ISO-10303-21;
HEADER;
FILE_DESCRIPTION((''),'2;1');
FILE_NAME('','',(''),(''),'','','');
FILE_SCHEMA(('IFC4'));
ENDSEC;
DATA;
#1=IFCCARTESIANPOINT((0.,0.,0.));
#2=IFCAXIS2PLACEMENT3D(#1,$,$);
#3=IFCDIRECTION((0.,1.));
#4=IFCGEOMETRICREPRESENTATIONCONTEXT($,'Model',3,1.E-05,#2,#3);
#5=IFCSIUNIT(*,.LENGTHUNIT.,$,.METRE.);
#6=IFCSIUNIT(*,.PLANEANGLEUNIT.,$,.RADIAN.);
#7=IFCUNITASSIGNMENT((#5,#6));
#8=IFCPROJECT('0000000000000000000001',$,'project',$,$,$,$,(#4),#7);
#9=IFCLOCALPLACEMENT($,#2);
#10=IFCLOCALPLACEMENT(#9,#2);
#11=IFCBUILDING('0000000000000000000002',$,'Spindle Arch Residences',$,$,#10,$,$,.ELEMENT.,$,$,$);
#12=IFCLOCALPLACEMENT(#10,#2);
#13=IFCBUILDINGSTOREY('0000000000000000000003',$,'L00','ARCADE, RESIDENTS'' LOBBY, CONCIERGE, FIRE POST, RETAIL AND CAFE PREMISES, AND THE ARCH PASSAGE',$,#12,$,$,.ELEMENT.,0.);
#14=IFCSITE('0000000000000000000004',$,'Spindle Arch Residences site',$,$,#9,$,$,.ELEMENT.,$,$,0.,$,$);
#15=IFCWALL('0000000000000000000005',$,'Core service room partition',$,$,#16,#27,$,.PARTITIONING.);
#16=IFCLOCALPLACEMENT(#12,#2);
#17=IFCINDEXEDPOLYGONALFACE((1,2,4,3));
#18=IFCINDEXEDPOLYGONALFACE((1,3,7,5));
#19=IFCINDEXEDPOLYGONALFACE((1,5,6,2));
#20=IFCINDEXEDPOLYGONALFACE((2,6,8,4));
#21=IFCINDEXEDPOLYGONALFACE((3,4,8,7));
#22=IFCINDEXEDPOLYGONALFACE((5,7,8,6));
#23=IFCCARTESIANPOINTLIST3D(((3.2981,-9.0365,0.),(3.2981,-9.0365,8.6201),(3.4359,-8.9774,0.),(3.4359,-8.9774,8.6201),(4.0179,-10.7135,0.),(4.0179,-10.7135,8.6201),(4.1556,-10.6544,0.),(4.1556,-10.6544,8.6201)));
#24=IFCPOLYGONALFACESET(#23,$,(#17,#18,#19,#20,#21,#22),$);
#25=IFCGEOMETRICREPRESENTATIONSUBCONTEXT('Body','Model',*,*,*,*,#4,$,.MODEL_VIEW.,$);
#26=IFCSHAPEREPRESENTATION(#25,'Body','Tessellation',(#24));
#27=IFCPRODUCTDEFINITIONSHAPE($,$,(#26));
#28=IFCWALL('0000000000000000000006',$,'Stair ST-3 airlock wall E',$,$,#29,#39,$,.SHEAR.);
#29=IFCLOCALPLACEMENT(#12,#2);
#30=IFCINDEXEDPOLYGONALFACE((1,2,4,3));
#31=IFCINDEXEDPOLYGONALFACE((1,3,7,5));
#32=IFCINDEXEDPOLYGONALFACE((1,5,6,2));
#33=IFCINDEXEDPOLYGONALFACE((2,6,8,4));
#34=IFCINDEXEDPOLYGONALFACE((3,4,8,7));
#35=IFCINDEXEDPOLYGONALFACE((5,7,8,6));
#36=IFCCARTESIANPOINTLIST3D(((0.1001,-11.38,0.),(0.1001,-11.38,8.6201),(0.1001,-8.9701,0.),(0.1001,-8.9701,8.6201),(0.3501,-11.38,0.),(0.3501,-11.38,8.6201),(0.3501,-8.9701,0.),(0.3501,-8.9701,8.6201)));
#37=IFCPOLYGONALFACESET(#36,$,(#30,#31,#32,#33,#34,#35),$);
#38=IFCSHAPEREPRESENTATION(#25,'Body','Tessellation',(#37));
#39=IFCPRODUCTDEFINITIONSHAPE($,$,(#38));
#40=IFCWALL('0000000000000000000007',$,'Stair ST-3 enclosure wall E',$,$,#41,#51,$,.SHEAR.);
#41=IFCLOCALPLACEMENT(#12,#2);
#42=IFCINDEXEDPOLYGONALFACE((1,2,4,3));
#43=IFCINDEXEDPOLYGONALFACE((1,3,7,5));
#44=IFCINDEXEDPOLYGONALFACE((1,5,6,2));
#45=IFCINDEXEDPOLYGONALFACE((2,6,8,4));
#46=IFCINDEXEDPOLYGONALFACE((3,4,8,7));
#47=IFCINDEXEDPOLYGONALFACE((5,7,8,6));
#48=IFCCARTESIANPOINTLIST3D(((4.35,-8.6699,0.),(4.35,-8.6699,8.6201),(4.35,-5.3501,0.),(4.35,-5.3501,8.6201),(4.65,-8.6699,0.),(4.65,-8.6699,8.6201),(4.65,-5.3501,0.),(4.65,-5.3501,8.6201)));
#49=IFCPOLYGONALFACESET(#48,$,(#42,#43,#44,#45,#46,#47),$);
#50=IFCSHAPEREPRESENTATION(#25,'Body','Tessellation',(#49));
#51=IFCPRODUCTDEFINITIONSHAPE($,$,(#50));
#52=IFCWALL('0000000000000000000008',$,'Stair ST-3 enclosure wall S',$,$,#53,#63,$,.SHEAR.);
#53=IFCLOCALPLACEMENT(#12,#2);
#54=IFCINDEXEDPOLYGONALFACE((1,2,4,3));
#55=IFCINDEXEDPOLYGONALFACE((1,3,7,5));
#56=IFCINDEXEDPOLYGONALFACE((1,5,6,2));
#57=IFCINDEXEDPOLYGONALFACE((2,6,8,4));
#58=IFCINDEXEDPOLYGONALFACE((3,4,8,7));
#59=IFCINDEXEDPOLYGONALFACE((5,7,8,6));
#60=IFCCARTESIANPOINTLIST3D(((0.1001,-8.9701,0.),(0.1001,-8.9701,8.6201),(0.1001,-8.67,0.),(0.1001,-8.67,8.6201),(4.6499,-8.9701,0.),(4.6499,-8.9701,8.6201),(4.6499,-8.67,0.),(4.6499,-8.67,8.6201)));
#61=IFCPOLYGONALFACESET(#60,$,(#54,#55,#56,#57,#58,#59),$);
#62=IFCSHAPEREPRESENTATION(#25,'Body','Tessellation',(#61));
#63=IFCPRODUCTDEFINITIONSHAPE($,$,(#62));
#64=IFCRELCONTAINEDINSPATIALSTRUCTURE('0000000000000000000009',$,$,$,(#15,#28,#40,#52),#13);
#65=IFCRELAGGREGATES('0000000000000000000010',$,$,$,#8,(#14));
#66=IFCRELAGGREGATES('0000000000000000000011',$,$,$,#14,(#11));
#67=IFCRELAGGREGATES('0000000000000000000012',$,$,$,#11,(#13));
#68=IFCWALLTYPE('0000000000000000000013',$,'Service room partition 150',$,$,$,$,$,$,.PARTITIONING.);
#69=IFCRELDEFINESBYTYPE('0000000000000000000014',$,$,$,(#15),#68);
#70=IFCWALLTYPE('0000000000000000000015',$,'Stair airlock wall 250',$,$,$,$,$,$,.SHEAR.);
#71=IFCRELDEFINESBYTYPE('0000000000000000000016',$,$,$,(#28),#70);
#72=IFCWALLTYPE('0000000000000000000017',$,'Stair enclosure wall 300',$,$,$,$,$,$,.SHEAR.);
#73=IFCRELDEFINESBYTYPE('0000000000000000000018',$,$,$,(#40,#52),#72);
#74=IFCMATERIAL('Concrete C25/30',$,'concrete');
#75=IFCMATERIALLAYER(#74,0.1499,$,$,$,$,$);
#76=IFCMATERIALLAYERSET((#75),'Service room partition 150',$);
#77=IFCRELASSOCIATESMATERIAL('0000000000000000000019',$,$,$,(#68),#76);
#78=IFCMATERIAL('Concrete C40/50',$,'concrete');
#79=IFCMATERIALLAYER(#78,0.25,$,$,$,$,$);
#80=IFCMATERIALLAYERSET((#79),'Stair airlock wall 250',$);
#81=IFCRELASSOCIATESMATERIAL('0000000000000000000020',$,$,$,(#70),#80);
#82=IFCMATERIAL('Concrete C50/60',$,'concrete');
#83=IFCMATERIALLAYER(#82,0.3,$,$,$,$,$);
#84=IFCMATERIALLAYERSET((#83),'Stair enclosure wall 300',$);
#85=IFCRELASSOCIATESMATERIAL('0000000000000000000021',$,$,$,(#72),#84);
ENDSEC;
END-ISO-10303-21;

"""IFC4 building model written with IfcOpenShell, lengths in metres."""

from ifc_helpers import new_model, si_unit, direction, frame, frame_2d, origin, place, context, subcontext, project, spatial, rectangle, extrude, material, layer, layer_set, type_object, element, save


model = new_model("IFC4")

# Units and contexts
model_context = context("Model", 3, precision=1e-05, world=origin(), true_north=direction((0.0, 1.0)))
body_context = subcontext(model_context, "Body", "Model", "MODEL_VIEW")
ifc_project = project(units=[si_unit("LENGTHUNIT", "METRE"), si_unit("PLANEANGLEUNIT", "RADIAN")], contexts=[model_context])

# Site, building, storey
site_placement = place(None, origin())
site = spatial("IfcSite", under=ifc_project, at=site_placement, Name="Spindle Arch Residences site", CompositionType="ELEMENT", RefElevation=0.0)
building_placement = place(site_placement, origin())
building = spatial("IfcBuilding", under=site, at=building_placement, Name="Spindle Arch Residences", CompositionType="ELEMENT")
storey_placement = place(building_placement, origin())
storey = spatial("IfcBuildingStorey", under=building, at=storey_placement, Name="L00", Description="ARCADE, RESIDENTS' LOBBY, CONCIERGE, FIRE POST, RETAIL AND CAFE PREMISES, AND THE ARCH PASSAGE", CompositionType="ELEMENT", Elevation=0.0)

# Walls
ifc_material_1 = material(Name="Concrete C25/30", Category="concrete")
ifc_layer_1 = layer(ifc_material_1, 0.1499)
ifc_layer_set_1 = layer_set([ifc_layer_1], Name="Service room partition 150")
wall_type_1 = type_object("IfcWallType", Name="Service room partition 150", PredefinedType="PARTITIONING", material=ifc_layer_set_1)
wall_1_placement = place(storey_placement, frame((3.3669, -9.0068, 0.0), z_axis=(0.0, 0.0, 1.0), x_axis=(0.394387, -0.918944, 0.0)))
element("IfcWall", 1, at=wall_1_placement, inside=storey, type_object=wall_type_1, Name="Core service room partition", PredefinedType="PARTITIONING", context=body_context, shape_type="SweptSolid", body=[
    extrude(rectangle(XDim=1.825, YDim=0.1499, at=frame_2d((0.9126, 0.0))), origin(), (0.0, 0.0, 1.0), 8.6201),
])
ifc_material_2 = material(Name="Concrete C40/50", Category="concrete")
ifc_layer_2 = layer(ifc_material_2, 0.25)
ifc_layer_set_2 = layer_set([ifc_layer_2], Name="Stair airlock wall 250")
wall_type_2 = type_object("IfcWallType", Name="Stair airlock wall 250", PredefinedType="SHEAR", material=ifc_layer_set_2)
wall_2_placement = place(storey_placement, frame((0.2251, -8.97, 0.0), z_axis=(0.0, 0.0, 1.0), x_axis=(0.0, -1.0, 0.0)))
element("IfcWall", 2, at=wall_2_placement, inside=storey, type_object=wall_type_2, Name="Stair ST-3 airlock wall E", PredefinedType="SHEAR", context=body_context, shape_type="SweptSolid", body=[
    extrude(rectangle(XDim=2.4099, YDim=0.25, at=frame_2d((1.2051, 0.0))), origin(), (0.0, 0.0, 1.0), 8.6201),
])
ifc_material_3 = material(Name="Concrete C50/60", Category="concrete")
ifc_layer_3 = layer(ifc_material_3, 0.3)
ifc_layer_set_3 = layer_set([ifc_layer_3], Name="Stair enclosure wall 300")
wall_type_3 = type_object("IfcWallType", Name="Stair enclosure wall 300", PredefinedType="SHEAR", material=ifc_layer_set_3)
wall_3_placement = place(storey_placement, frame((4.5, -8.6699, 0.0), z_axis=(0.0, 0.0, 1.0), x_axis=(0.0, 1.0, 0.0)))
element("IfcWall", 3, at=wall_3_placement, inside=storey, type_object=wall_type_3, Name="Stair ST-3 enclosure wall E", PredefinedType="SHEAR", context=body_context, shape_type="SweptSolid", body=[
    extrude(rectangle(XDim=3.3198, YDim=0.3, at=frame_2d((1.6599, 0.0))), origin(), (0.0, 0.0, 1.0), 8.6201),
])
wall_4_placement = place(storey_placement, frame((0.1001, -8.8201, 0.0), z_axis=(0.0, 0.0, 1.0), x_axis=(1.0, 0.0, 0.0)))
element("IfcWall", 4, at=wall_4_placement, inside=storey, type_object=wall_type_3, Name="Stair ST-3 enclosure wall S", PredefinedType="SHEAR", context=body_context, shape_type="SweptSolid", body=[
    extrude(rectangle(XDim=4.5498, YDim=0.3, at=frame_2d((2.2749, 0.0))), origin(), (0.0, 0.0, 1.0), 8.6201),
])

save(model, "model.ifc")
